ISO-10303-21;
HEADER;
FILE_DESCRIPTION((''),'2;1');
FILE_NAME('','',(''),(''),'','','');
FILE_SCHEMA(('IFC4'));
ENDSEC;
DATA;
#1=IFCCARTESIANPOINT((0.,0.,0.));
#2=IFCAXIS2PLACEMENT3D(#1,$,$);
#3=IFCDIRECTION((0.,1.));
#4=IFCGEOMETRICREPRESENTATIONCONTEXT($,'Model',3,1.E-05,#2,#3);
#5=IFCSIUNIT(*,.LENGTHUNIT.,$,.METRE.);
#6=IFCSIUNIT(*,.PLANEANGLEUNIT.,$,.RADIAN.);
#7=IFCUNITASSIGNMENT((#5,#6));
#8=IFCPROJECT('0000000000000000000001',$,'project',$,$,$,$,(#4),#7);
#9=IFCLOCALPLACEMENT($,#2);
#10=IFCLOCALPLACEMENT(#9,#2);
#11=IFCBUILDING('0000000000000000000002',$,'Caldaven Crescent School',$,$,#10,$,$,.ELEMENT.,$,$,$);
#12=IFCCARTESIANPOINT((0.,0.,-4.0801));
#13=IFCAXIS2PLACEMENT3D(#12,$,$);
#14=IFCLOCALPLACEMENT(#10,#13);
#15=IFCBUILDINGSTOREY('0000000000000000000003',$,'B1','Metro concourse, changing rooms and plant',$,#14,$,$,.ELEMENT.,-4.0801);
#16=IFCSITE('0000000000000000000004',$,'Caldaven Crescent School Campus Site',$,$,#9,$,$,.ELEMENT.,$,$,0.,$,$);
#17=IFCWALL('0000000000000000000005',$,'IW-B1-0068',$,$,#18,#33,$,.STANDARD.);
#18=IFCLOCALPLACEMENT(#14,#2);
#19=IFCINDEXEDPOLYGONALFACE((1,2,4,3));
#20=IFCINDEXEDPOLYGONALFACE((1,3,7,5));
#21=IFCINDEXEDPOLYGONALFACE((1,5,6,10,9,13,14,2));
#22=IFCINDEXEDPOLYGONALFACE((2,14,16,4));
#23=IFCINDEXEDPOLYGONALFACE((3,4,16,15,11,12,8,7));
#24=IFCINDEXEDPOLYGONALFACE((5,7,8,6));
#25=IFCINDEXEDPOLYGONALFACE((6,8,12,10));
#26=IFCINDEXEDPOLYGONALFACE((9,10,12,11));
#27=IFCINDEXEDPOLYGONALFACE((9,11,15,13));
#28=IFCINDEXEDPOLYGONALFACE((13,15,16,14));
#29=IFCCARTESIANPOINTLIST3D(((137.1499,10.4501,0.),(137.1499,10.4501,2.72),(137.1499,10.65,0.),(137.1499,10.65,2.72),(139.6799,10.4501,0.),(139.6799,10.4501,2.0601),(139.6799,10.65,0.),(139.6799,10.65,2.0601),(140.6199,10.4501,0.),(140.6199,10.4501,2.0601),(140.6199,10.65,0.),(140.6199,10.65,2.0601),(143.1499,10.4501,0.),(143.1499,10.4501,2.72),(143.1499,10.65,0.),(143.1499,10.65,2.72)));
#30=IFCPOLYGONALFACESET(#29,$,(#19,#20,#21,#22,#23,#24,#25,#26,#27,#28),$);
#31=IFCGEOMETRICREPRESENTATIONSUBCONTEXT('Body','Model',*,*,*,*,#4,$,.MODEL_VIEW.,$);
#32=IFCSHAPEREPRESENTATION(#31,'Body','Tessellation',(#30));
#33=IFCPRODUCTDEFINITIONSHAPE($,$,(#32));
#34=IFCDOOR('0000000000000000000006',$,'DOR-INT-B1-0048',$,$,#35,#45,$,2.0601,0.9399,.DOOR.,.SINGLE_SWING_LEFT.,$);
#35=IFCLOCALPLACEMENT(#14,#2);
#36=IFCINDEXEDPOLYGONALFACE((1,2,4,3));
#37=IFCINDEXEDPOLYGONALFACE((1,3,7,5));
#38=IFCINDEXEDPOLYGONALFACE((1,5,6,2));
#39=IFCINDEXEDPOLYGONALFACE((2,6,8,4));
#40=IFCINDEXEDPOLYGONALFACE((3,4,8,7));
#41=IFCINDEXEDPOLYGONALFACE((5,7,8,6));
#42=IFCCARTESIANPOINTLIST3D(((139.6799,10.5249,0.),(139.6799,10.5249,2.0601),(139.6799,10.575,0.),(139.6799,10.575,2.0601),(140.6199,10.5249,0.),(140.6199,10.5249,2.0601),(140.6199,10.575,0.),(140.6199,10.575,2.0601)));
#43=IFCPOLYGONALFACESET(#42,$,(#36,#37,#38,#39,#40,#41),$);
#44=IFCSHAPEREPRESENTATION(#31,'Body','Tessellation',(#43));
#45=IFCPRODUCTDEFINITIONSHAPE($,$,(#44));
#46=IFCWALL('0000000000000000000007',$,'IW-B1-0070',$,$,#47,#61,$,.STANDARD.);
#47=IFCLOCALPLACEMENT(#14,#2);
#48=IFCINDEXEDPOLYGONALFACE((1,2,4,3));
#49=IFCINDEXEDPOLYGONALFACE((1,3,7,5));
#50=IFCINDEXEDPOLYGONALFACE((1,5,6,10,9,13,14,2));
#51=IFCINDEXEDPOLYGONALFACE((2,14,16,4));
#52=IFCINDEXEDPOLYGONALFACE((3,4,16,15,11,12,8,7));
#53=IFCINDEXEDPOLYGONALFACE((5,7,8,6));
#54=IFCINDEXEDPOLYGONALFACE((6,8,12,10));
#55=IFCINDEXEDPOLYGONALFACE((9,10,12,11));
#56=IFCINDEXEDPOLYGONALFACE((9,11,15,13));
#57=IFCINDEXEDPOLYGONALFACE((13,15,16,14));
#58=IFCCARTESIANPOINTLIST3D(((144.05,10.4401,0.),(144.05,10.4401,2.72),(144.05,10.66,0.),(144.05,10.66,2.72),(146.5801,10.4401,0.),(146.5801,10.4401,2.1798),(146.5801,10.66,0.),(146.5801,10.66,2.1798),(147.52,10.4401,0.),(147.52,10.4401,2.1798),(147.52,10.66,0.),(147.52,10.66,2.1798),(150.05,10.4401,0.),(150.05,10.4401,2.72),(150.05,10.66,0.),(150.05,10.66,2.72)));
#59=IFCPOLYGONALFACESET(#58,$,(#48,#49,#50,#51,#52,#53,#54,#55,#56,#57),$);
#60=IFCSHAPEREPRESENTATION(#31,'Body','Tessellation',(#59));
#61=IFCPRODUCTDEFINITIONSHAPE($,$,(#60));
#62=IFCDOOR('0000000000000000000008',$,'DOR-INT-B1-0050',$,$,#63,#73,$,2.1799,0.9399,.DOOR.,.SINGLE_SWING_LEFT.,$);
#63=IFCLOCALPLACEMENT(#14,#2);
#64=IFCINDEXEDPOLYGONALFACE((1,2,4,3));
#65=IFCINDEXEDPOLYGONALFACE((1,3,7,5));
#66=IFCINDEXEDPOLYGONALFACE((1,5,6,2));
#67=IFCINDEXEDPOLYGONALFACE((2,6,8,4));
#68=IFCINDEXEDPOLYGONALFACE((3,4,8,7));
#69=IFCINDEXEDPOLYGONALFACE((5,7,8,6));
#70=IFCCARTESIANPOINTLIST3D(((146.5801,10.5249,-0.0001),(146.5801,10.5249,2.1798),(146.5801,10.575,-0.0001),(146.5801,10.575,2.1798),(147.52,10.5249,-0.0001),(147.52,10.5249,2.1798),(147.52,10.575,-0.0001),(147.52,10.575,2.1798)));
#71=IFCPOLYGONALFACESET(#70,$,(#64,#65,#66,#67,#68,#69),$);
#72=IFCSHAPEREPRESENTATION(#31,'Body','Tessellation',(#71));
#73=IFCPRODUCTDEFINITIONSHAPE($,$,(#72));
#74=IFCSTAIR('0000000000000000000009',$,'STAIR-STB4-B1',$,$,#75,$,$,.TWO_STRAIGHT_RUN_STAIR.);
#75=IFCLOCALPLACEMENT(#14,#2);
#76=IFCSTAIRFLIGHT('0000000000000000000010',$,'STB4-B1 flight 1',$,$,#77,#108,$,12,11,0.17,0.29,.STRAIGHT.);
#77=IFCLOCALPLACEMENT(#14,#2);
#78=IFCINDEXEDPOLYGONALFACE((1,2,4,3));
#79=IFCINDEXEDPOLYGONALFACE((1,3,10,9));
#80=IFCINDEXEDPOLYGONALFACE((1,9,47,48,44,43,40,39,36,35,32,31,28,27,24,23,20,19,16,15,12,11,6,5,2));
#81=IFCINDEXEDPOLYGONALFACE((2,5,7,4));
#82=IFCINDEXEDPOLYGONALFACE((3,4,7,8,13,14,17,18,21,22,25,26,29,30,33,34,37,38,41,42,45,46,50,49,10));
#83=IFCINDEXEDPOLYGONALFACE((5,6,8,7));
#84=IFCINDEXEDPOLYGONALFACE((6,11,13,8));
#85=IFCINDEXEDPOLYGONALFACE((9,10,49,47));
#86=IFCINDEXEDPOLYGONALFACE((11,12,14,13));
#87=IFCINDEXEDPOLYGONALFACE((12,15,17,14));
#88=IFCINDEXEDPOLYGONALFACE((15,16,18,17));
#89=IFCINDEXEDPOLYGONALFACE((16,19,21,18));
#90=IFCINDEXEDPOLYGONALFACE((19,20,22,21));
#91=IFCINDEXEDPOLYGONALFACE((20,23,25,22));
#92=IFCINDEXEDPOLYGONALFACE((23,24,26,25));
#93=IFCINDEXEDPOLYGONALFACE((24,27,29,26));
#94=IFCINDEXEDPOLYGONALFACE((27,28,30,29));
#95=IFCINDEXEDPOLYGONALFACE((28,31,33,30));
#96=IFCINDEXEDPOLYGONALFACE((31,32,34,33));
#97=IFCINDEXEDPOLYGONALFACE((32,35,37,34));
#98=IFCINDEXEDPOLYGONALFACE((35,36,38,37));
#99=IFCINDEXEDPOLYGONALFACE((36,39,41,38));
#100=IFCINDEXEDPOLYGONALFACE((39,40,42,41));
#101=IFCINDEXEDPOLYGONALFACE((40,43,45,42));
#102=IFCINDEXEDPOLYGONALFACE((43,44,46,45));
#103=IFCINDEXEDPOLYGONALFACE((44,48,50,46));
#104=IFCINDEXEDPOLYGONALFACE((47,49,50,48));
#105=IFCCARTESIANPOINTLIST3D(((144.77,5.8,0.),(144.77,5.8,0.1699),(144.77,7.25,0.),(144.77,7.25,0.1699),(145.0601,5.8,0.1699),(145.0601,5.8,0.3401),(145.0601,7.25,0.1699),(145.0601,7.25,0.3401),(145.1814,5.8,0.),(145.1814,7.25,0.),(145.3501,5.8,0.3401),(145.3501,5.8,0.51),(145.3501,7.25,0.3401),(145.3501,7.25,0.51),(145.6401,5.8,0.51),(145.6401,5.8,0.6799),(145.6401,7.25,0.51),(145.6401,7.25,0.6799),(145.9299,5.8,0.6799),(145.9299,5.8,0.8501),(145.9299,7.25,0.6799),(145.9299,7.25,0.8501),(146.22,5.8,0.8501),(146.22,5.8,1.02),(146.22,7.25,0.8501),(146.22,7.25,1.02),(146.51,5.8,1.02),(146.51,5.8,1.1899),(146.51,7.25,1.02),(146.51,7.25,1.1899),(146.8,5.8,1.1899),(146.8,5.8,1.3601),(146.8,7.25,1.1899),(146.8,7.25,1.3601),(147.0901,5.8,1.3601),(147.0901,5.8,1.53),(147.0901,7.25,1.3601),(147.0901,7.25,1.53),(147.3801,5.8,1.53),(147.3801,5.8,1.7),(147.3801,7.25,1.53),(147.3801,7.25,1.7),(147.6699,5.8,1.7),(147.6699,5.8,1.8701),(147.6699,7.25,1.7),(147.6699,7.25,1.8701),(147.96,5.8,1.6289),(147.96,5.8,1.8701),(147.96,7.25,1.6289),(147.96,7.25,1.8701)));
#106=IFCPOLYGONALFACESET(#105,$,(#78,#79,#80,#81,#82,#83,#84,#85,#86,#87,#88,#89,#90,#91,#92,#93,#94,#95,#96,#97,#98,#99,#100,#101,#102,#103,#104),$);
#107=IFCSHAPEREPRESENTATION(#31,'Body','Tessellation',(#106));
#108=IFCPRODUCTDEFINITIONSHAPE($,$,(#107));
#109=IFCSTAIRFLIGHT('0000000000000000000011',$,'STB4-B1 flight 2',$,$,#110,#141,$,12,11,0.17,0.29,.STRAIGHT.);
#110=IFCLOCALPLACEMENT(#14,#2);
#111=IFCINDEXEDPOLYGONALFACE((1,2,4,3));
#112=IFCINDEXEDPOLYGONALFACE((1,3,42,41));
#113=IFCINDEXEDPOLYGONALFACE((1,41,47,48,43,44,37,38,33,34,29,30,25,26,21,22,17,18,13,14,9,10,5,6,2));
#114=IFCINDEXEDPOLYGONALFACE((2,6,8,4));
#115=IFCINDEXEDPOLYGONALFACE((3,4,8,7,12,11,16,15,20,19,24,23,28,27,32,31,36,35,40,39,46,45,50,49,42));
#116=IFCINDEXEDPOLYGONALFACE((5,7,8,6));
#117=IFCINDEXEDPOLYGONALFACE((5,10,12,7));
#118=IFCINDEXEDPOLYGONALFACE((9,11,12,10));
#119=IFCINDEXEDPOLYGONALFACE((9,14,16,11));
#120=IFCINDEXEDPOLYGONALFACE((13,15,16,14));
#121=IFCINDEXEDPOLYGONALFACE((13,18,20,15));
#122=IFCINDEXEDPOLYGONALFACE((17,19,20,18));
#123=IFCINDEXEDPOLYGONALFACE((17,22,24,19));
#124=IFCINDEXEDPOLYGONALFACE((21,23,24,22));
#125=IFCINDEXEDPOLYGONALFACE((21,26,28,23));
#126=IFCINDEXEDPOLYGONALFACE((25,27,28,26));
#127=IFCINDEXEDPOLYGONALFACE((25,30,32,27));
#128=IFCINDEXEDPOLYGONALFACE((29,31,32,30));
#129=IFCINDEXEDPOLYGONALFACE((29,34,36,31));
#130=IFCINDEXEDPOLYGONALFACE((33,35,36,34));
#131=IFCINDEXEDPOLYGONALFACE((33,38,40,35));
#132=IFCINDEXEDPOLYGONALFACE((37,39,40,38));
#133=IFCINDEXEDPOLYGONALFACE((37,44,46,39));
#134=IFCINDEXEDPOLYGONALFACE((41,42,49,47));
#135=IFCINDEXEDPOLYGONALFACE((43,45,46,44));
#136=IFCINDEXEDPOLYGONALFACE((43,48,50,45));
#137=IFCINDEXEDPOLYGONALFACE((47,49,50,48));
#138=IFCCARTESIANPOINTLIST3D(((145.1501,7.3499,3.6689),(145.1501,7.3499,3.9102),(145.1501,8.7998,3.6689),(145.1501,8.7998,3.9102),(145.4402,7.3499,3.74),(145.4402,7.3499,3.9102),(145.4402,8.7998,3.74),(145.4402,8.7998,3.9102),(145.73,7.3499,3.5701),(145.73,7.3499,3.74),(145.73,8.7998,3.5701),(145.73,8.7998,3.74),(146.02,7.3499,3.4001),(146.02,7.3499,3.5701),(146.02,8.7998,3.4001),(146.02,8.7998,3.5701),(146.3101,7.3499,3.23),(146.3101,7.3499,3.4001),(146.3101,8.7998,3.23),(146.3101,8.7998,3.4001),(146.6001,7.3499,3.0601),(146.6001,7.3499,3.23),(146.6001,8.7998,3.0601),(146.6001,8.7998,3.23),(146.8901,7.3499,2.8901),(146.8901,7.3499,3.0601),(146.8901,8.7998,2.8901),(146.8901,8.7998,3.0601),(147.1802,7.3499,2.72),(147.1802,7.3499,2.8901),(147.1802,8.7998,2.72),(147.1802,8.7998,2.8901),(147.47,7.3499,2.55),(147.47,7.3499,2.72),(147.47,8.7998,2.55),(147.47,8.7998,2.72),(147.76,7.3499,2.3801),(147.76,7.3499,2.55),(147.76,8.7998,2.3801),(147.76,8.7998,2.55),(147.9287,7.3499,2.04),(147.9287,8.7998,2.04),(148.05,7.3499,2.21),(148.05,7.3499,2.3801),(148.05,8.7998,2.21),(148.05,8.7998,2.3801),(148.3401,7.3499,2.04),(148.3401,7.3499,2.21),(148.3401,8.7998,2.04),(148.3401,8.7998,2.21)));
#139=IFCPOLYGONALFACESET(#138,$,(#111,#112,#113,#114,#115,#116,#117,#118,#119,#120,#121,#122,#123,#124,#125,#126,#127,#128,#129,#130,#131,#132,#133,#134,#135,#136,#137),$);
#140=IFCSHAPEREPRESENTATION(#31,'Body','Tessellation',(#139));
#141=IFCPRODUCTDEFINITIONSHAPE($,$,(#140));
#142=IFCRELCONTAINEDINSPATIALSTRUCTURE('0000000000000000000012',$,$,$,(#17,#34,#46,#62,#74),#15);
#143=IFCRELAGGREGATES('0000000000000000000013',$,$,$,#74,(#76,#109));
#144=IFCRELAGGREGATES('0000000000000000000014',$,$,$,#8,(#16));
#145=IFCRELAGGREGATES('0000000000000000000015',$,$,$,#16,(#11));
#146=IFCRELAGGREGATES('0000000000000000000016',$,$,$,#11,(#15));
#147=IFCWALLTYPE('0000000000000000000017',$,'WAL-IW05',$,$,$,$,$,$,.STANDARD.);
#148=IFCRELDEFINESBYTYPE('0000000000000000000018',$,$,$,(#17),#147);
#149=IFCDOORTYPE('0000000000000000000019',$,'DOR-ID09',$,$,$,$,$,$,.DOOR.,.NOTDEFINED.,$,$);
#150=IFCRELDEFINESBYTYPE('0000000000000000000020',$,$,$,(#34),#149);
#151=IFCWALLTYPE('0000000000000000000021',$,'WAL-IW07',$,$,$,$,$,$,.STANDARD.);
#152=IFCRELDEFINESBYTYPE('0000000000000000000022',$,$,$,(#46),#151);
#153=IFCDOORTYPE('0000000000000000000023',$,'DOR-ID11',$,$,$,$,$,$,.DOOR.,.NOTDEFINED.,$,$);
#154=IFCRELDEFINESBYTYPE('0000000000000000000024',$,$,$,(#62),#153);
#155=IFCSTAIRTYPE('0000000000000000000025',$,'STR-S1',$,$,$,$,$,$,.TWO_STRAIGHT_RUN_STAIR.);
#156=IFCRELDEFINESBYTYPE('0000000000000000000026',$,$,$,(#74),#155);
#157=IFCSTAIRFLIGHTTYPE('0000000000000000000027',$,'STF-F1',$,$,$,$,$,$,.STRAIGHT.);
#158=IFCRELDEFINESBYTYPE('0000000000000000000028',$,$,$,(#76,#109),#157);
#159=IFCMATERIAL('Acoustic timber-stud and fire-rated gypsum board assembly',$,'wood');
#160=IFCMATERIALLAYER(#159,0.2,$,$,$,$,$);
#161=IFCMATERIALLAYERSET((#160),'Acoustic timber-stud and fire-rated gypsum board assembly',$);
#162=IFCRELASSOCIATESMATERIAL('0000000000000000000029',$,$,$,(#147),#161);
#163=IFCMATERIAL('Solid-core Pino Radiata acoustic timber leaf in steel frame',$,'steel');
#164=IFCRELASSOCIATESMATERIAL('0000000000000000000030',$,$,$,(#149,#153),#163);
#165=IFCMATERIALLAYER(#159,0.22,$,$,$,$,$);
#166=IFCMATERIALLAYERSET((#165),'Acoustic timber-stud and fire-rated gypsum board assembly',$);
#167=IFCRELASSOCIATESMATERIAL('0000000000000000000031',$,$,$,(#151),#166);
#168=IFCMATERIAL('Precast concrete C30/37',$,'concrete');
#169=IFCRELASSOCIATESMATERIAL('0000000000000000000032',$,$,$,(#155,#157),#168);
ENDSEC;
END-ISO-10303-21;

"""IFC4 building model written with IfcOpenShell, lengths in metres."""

from ifc_helpers import new_model, si_unit, direction, frame, frame_2d, origin, place, context, subcontext, project, spatial, polyline, rectangle, outline, extrude, material, layer, layer_set, type_object, element, fill, aggregate, save


model = new_model("IFC4")

# Units and contexts
model_context = context("Model", 3, precision=1e-05, world=origin(), true_north=direction((0.0, 1.0)))
body_context = subcontext(model_context, "Body", "Model", "MODEL_VIEW")
ifc_project = project(units=[si_unit("LENGTHUNIT", "METRE"), si_unit("PLANEANGLEUNIT", "RADIAN")], contexts=[model_context])

# Site, building, storey
site_placement = place(None, origin())
site = spatial("IfcSite", under=ifc_project, at=site_placement, Name="Caldaven Crescent School Campus Site", CompositionType="ELEMENT", RefElevation=0.0)
building_placement = place(site_placement, origin())
building = spatial("IfcBuilding", under=site, at=building_placement, Name="Caldaven Crescent School", CompositionType="ELEMENT")
storey_placement = place(building_placement, frame((0.0, 0.0, -4.0801)))
storey = spatial("IfcBuildingStorey", under=building, at=storey_placement, Name="B1", Description="Metro concourse, changing rooms and plant", CompositionType="ELEMENT", Elevation=-4.0801)

# Walls, openings, doors
ifc_material_1 = material(Name="Acoustic timber-stud and fire-rated gypsum board assembly", Category="wood")
ifc_layer_1 = layer(ifc_material_1, 0.2)
ifc_layer_set_1 = layer_set([ifc_layer_1], Name="Acoustic timber-stud and fire-rated gypsum board assembly")
wall_type_1 = type_object("IfcWallType", Name="WAL-IW05", PredefinedType="STANDARD", material=ifc_layer_set_1)
wall_1_placement = place(storey_placement, frame((137.1499, 10.55, 0.0), z_axis=(0.0, 0.0, 1.0), x_axis=(1.0, 0.0, 0.0)))
wall_1 = element("IfcWall", 1, at=wall_1_placement, inside=storey, type_object=wall_type_1, Name="IW-B1-0068", PredefinedType="STANDARD", context=body_context, shape_type="SweptSolid", body=[
    extrude(rectangle(XDim=6.0, YDim=0.2, at=frame_2d((3.0, 0.0))), origin(), (0.0, 0.0, 1.0), 2.72),
])
opening_1_placement = place(wall_1_placement, frame((2.53, 0.0, 0.0)))
opening_1 = element("IfcOpeningElement", 2, at=opening_1_placement, cuts=wall_1, PredefinedType="OPENING", context=body_context, shape_type="SweptSolid", body=[
    extrude(rectangle(XDim=0.9399, YDim=2.0601, at=frame_2d((0.47, 1.03))), frame((0.0, 0.1099, 0.0), z_axis=(0.0, -1.0, 0.0), x_axis=(1.0, 0.0, 0.0)), (0.0, 0.0, 1.0), 0.22),
])
ifc_material_2 = material(Name="Solid-core Pino Radiata acoustic timber leaf in steel frame", Category="steel")
door_type_1 = type_object("IfcDoorType", Name="DOR-ID09", OperationType="NOTDEFINED", PredefinedType="DOOR", material=ifc_material_2)
door_1_placement = place(opening_1_placement, origin())
door_1 = element("IfcDoor", 3, at=door_1_placement, inside=storey, type_object=door_type_1, Name="DOR-INT-B1-0048", OperationType="SINGLE_SWING_LEFT", OverallHeight=2.0601, OverallWidth=0.9399, PredefinedType="DOOR", context=body_context, shape_type="SweptSolid", body=[
    extrude(rectangle(XDim=0.9399, YDim=2.0601, at=frame_2d((0.47, 1.03))), frame((0.0, 0.0249, 0.0), z_axis=(0.0, -1.0, 0.0), x_axis=(1.0, 0.0, 0.0)), (0.0, 0.0, 1.0), 0.05),
])
fill(opening_1, door_1)
ifc_layer_2 = layer(ifc_material_1, 0.22)
ifc_layer_set_2 = layer_set([ifc_layer_2], Name="Acoustic timber-stud and fire-rated gypsum board assembly")
wall_type_2 = type_object("IfcWallType", Name="WAL-IW07", PredefinedType="STANDARD", material=ifc_layer_set_2)
wall_2_placement = place(storey_placement, frame((144.05, 10.55, 0.0), z_axis=(0.0, 0.0, 1.0), x_axis=(1.0, 0.0, 0.0)))
wall_2 = element("IfcWall", 4, at=wall_2_placement, inside=storey, type_object=wall_type_2, Name="IW-B1-0070", PredefinedType="STANDARD", context=body_context, shape_type="SweptSolid", body=[
    extrude(rectangle(XDim=6.0, YDim=0.22, at=frame_2d((3.0, 0.0))), origin(), (0.0, 0.0, 1.0), 2.72),
])
opening_2_placement = place(wall_2_placement, frame((2.53, 0.0, 0.0)))
opening_2 = element("IfcOpeningElement", 5, at=opening_2_placement, cuts=wall_2, PredefinedType="OPENING", context=body_context, shape_type="SweptSolid", body=[
    extrude(rectangle(XDim=0.9399, YDim=2.1799, at=frame_2d((0.47, 1.0898))), frame((0.0, 0.1199, 0.0), z_axis=(0.0, -1.0, 0.0), x_axis=(1.0, 0.0, 0.0)), (0.0, 0.0, 1.0), 0.24),
])
door_type_2 = type_object("IfcDoorType", Name="DOR-ID11", OperationType="NOTDEFINED", PredefinedType="DOOR", material=ifc_material_2)
door_2_placement = place(opening_2_placement, origin())
door_2 = element("IfcDoor", 6, at=door_2_placement, inside=storey, type_object=door_type_2, Name="DOR-INT-B1-0050", OperationType="SINGLE_SWING_LEFT", OverallHeight=2.1799, OverallWidth=0.9399, PredefinedType="DOOR", context=body_context, shape_type="SweptSolid", body=[
    extrude(rectangle(XDim=0.9399, YDim=2.1799, at=frame_2d((0.47, 1.0898))), frame((0.0, 0.0249, 0.0), z_axis=(0.0, -1.0, 0.0), x_axis=(1.0, 0.0, 0.0)), (0.0, 0.0, 1.0), 0.05),
])
fill(opening_2, door_2)

# Stair, stair flights
ifc_material_3 = material(Name="Precast concrete C30/37", Category="concrete")
stair_type = type_object("IfcStairType", Name="STR-S1", PredefinedType="TWO_STRAIGHT_RUN_STAIR", material=ifc_material_3)
stair_placement = place(storey_placement, origin())
stair = element("IfcStair", 7, at=stair_placement, inside=storey, type_object=stair_type, Name="STAIR-STB4-B1", PredefinedType="TWO_STRAIGHT_RUN_STAIR")
stair_flight_type = type_object("IfcStairFlightType", Name="STF-F1", PredefinedType="STRAIGHT", material=ifc_material_3)
stair_flight_1_placement = place(storey_placement, frame((144.77, 6.5249, 0.0), z_axis=(0.0, 0.0, 1.0), x_axis=(1.0, 0.0, 0.0)))
stair_flight_1 = element("IfcStairFlight", 8, at=stair_flight_1_placement, type_object=stair_flight_type, Name="STB4-B1 flight 1", NumberOfRisers=12, NumberOfTreads=11, PredefinedType="STRAIGHT", RiserHeight=0.17, TreadLength=0.29, context=body_context, shape_type="SweptSolid", body=[
    extrude(outline(polyline([(0.0, 0.0), (0.0, 0.1699), (0.29, 0.1699), (0.29, 0.3401), (0.5801, 0.3401), (0.5801, 0.51), (0.8701, 0.51), (0.8701, 0.6799), (1.1599, 0.6799), (1.1599, 0.8501), (1.45, 0.8501), (1.45, 1.02), (1.74, 1.02), (1.74, 1.1899), (2.03, 1.1899), (2.03, 1.3601), (2.3201, 1.3601), (2.3201, 1.53), (2.6101, 1.53), (2.6101, 1.7), (2.8999, 1.7), (2.8999, 1.8701), (3.1899, 1.8701), (3.1899, 2.04), (3.1899, 1.6289), (0.4114, 0.0), (0.0, 0.0)])), frame((0.0, 0.7251, 0.0), z_axis=(0.0, -1.0, 0.0), x_axis=(1.0, 0.0, 0.0)), (0.0, 0.0, 1.0), 1.45),
])
stair_flight_2_placement = place(storey_placement, frame((148.3401, 8.075, 2.04), z_axis=(0.0, 0.0, 1.0), x_axis=(-1.0, 0.0, 0.0)))
stair_flight_2 = element("IfcStairFlight", 9, at=stair_flight_2_placement, type_object=stair_flight_type, Name="STB4-B1 flight 2", NumberOfRisers=12, NumberOfTreads=11, PredefinedType="STRAIGHT", RiserHeight=0.17, TreadLength=0.29, context=body_context, shape_type="SweptSolid", body=[
    extrude(outline(polyline([(0.0, 0.0), (0.0, 0.1699), (0.29, 0.1699), (0.29, 0.3401), (0.5801, 0.3401), (0.5801, 0.51), (0.8701, 0.51), (0.8701, 0.6799), (1.1599, 0.6799), (1.1599, 0.8501), (1.45, 0.8501), (1.45, 1.02), (1.74, 1.02), (1.74, 1.1899), (2.03, 1.1899), (2.03, 1.3601), (2.3201, 1.3601), (2.3201, 1.53), (2.6101, 1.53), (2.6101, 1.7), (2.8999, 1.7), (2.8999, 1.8701), (3.1899, 1.8701), (3.1899, 2.04), (3.1899, 1.6289), (0.4114, 0.0), (0.0, 0.0)])), frame((0.0, 0.7251, 0.0), z_axis=(0.0, -1.0, 0.0), x_axis=(1.0, 0.0, 0.0)), (0.0, 0.0, 1.0), 1.45),
])
aggregate(stair, [stair_flight_1, stair_flight_2])

save(model, "model.ifc")
